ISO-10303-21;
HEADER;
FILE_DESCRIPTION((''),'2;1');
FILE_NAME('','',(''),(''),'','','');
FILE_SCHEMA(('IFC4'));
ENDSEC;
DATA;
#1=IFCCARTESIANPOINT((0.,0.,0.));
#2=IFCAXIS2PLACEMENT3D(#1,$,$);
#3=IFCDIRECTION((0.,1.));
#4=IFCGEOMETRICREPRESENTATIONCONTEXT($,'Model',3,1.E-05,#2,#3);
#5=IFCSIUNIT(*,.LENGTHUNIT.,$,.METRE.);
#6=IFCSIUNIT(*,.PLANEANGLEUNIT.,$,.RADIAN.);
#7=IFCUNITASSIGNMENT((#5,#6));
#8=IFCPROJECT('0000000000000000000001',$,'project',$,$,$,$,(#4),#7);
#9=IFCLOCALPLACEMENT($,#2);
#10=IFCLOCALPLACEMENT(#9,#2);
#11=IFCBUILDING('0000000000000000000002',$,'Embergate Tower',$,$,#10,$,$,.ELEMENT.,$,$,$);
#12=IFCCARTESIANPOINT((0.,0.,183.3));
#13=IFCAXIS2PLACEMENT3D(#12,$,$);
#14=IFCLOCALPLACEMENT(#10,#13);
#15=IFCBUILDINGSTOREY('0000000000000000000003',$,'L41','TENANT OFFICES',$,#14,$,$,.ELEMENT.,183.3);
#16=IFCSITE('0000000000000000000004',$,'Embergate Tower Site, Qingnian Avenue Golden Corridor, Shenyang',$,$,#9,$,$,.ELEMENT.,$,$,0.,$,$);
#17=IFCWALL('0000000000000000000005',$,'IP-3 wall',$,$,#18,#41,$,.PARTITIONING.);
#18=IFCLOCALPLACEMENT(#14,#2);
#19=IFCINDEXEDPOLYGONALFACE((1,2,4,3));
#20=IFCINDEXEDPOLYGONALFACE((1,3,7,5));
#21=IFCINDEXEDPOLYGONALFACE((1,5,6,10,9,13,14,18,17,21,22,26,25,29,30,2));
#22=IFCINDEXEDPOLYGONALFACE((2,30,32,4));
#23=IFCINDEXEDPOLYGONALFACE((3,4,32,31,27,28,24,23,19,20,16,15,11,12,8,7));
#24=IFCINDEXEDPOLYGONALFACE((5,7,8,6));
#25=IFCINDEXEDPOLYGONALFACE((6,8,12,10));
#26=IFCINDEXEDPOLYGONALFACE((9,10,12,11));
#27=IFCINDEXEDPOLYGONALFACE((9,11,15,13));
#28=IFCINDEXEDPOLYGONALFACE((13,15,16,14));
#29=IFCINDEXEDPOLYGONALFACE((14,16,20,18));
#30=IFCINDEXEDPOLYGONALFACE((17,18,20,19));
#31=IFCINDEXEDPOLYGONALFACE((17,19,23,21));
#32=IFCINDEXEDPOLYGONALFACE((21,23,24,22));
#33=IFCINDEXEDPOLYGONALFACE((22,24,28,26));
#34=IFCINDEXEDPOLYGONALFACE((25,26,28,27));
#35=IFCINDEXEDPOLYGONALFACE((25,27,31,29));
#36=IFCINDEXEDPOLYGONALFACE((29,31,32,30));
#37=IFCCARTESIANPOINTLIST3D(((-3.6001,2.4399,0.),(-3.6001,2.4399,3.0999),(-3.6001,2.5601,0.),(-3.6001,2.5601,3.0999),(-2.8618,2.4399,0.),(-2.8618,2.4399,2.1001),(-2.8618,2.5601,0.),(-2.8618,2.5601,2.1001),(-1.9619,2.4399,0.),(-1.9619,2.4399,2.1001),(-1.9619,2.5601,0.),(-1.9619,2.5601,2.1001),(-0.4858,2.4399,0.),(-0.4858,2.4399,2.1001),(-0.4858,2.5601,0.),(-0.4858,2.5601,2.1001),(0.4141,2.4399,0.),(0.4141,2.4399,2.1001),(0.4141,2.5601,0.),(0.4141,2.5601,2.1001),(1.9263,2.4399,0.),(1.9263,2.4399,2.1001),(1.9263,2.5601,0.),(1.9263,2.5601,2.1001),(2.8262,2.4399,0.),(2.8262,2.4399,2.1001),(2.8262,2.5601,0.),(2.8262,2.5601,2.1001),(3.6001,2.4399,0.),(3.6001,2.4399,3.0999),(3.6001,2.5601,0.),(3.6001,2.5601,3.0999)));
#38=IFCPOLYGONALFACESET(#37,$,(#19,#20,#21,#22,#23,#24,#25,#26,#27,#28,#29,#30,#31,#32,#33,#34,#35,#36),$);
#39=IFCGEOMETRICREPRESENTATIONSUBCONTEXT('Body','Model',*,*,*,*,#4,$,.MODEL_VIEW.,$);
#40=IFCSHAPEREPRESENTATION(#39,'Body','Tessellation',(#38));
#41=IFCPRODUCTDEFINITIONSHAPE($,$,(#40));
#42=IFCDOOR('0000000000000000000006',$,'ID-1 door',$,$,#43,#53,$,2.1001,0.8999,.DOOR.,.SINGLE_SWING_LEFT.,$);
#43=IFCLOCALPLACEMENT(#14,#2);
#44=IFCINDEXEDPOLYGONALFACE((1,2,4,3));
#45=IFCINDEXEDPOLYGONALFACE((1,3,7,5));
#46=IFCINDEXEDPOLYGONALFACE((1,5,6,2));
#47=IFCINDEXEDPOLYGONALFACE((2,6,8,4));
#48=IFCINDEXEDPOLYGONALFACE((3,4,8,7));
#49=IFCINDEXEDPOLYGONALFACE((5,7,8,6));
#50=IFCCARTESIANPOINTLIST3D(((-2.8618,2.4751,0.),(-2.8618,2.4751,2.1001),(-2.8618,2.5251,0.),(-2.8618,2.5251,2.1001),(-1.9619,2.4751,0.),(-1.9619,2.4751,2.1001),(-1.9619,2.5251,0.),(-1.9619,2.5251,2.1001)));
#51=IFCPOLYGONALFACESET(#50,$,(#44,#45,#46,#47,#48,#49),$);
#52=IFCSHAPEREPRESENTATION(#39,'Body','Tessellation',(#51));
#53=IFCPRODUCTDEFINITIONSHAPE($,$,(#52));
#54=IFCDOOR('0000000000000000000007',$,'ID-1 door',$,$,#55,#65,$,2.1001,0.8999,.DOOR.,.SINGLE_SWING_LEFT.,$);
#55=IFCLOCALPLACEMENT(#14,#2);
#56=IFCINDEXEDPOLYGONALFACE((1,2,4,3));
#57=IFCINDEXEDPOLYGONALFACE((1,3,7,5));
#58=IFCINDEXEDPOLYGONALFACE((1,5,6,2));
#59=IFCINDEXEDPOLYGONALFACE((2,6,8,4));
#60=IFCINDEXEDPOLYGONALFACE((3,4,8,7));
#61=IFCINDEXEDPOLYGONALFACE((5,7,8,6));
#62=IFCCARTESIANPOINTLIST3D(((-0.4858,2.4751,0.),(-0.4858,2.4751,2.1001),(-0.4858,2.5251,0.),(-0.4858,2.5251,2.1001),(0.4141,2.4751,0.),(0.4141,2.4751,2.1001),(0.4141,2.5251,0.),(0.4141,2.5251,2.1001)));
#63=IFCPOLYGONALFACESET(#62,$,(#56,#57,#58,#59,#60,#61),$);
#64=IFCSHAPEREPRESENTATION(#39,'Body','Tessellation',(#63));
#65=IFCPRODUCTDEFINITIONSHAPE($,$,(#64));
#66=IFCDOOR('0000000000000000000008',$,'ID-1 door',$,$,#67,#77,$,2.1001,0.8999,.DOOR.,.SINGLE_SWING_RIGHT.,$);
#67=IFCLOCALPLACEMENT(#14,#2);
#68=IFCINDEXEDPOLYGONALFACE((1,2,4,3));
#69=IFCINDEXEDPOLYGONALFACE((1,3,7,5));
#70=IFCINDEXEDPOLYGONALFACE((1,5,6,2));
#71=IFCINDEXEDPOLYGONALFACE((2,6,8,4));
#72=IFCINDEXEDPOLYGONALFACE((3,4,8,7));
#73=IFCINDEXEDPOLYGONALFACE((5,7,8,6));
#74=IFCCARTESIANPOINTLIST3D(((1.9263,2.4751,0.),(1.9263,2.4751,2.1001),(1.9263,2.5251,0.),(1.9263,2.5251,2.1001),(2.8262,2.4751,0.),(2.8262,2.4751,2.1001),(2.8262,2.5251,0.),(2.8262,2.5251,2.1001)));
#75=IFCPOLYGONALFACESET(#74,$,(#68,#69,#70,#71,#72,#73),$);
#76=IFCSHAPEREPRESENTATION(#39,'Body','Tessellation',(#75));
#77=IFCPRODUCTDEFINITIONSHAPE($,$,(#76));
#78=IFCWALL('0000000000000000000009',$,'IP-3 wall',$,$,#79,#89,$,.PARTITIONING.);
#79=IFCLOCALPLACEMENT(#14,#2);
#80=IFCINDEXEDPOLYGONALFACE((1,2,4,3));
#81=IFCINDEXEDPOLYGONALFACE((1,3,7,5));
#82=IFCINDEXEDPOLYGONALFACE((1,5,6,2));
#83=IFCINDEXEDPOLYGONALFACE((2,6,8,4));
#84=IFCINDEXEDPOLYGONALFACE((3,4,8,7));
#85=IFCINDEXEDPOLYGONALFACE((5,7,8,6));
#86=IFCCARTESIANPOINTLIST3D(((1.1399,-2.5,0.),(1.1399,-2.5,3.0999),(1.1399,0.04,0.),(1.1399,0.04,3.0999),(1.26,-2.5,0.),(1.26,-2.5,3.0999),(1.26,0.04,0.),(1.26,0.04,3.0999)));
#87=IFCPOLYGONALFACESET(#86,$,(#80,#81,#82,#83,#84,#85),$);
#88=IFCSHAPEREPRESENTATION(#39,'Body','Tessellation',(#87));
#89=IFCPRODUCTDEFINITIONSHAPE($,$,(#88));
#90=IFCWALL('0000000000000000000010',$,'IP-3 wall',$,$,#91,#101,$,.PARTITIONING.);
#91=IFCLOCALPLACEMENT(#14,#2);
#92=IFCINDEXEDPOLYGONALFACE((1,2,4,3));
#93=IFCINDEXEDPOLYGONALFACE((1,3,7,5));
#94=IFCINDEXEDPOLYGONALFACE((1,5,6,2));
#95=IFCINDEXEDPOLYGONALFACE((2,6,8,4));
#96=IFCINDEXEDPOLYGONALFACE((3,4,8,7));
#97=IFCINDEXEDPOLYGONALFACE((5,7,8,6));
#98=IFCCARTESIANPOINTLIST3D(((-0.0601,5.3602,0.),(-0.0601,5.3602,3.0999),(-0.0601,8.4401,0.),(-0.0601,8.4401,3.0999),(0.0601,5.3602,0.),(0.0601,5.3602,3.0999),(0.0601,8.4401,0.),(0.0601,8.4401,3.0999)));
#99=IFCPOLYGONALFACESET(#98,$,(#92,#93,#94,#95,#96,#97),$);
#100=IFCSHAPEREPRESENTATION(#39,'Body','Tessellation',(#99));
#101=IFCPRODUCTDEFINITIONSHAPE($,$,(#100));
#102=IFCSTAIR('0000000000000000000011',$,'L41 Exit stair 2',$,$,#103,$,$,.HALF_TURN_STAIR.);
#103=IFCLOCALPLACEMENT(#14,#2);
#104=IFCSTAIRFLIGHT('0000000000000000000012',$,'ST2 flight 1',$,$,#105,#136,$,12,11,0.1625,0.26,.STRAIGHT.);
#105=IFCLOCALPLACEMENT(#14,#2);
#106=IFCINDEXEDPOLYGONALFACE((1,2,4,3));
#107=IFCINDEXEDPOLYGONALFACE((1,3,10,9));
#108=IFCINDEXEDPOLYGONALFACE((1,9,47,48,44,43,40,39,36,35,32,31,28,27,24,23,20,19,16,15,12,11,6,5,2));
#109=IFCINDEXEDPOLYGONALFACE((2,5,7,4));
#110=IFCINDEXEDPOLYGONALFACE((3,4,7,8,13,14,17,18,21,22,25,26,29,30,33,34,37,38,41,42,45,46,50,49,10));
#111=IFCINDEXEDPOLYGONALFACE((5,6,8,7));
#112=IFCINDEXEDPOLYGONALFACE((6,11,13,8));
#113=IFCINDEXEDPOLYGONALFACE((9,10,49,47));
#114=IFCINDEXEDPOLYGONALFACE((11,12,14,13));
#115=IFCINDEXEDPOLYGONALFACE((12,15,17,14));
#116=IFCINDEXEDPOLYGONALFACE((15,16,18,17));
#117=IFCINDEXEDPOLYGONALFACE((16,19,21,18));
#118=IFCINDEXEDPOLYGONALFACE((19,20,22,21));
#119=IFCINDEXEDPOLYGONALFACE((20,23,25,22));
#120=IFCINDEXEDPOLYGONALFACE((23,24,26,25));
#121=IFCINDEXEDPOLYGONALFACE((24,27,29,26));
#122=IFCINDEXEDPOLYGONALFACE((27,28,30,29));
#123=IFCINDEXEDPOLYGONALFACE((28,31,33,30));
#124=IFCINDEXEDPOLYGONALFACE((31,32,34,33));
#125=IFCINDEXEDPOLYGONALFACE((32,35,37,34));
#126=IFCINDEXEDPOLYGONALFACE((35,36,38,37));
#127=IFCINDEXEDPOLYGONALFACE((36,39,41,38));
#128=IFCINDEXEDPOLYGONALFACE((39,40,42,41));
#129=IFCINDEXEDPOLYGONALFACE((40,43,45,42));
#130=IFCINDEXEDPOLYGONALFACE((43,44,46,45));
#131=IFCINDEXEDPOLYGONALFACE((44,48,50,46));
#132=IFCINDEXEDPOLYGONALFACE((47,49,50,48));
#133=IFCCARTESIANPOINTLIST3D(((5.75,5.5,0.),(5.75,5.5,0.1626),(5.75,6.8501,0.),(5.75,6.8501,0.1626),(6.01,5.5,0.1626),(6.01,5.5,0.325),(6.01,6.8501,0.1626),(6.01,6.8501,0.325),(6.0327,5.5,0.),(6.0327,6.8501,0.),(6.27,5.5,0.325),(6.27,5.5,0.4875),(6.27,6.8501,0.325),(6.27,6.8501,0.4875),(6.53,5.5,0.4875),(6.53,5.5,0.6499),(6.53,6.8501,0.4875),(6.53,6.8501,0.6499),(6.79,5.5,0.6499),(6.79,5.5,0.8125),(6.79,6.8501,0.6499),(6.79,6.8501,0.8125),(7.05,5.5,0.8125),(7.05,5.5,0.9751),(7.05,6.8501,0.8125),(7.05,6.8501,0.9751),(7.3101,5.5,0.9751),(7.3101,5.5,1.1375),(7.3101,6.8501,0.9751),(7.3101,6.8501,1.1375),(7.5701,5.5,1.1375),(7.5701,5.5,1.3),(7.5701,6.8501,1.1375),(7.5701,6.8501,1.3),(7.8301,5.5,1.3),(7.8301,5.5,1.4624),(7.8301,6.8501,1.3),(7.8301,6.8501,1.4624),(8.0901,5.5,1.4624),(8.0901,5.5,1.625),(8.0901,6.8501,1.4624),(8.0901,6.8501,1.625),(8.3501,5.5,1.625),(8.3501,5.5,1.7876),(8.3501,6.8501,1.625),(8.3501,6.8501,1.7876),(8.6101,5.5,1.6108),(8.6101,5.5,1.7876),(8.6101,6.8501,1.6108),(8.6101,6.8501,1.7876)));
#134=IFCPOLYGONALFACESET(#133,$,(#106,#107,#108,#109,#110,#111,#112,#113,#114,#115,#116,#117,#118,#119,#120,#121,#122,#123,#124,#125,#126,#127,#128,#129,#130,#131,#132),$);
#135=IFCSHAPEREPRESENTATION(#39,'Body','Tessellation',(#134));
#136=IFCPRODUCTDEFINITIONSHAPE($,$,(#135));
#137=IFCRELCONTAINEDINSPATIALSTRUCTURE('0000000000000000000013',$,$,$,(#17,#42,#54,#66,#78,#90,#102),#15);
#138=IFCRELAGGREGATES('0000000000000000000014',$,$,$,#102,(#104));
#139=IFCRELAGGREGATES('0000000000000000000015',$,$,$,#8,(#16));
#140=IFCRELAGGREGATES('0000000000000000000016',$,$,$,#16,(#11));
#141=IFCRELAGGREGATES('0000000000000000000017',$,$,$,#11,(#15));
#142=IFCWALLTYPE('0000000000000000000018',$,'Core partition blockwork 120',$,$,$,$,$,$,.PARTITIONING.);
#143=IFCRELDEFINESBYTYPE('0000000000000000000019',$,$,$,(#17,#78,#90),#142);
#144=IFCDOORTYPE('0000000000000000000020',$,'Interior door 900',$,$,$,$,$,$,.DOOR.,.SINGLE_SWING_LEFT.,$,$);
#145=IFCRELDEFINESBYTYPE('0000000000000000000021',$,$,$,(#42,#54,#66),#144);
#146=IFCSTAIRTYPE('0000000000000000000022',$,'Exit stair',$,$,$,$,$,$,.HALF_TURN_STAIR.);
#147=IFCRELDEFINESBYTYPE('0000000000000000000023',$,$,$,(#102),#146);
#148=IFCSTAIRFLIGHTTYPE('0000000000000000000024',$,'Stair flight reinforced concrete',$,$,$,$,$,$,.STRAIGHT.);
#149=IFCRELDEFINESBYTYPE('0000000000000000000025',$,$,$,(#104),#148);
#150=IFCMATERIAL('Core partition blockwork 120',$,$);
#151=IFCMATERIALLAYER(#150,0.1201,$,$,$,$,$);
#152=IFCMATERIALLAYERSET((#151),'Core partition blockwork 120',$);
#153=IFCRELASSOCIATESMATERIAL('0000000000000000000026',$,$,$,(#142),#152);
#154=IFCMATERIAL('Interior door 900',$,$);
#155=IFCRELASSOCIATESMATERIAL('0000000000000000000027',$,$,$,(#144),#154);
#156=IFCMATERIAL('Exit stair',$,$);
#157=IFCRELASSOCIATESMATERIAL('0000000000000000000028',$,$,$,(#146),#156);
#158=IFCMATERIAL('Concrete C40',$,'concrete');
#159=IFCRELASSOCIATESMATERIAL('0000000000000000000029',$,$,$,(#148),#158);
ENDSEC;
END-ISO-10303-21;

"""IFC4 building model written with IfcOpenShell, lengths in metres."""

from ifc_helpers import new_model, si_unit, direction, frame, frame_2d, origin, place, context, subcontext, project, spatial, polyline, rectangle, outline, extrude, source, transform, mapped, material, layer, layer_set, type_object, element, fill, aggregate, save


model = new_model("IFC4")

# Units and contexts
model_context = context("Model", 3, precision=1e-05, world=origin(), true_north=direction((0.0, 1.0)))
body_context = subcontext(model_context, "Body", "Model", "MODEL_VIEW")
ifc_project = project(units=[si_unit("LENGTHUNIT", "METRE"), si_unit("PLANEANGLEUNIT", "RADIAN")], contexts=[model_context])

# Site, building, storey
site_placement = place(None, origin())
site = spatial("IfcSite", under=ifc_project, at=site_placement, Name="Embergate Tower Site, Qingnian Avenue Golden Corridor, Shenyang", CompositionType="ELEMENT", RefElevation=0.0)
building_placement = place(site_placement, origin())
building = spatial("IfcBuilding", under=site, at=building_placement, Name="Embergate Tower", CompositionType="ELEMENT")
storey_placement = place(building_placement, frame((0.0, 0.0, 183.3)))
storey = spatial("IfcBuildingStorey", under=building, at=storey_placement, Name="L41", Description="TENANT OFFICES", CompositionType="ELEMENT", Elevation=183.3)

# Shared definitions
ifc_material_1 = material(Name="Core partition blockwork 120")
ifc_layer_1 = layer(ifc_material_1, 0.1201)
ifc_layer_set_1 = layer_set([ifc_layer_1], Name="Core partition blockwork 120")
wall_type_1 = type_object("IfcWallType", Name="Core partition blockwork 120", PredefinedType="PARTITIONING", material=ifc_layer_set_1)

# Shared definitions
shared_shape_1 = source(origin(), body_context, "Body", "SweptSolid", [
    extrude(rectangle(XDim=0.8999, YDim=2.1001, at=frame_2d((0.45, 1.05))), frame((0.0, 0.0701, 0.0), z_axis=(0.0, -1.0, 0.0), x_axis=(1.0, 0.0, 0.0)), (0.0, 0.0, 1.0), 0.1401),
])
ifc_material_2 = material(Name="Interior door 900")
door_type_1 = type_object("IfcDoorType", Name="Interior door 900", OperationType="SINGLE_SWING_LEFT", PredefinedType="DOOR", material=ifc_material_2)
shared_shape_2 = source(origin(), body_context, "Body", "SweptSolid", [
    extrude(rectangle(XDim=0.8999, YDim=2.1001, at=frame_2d((0.45, 1.05))), frame((0.0, 0.0249, 0.0), z_axis=(0.0, -1.0, 0.0), x_axis=(1.0, 0.0, 0.0)), (0.0, 0.0, 1.0), 0.05),
])

# Wall, openings, doors
shared_shape_3 = source(origin(), body_context, "Body", "SweptSolid", [
    extrude(rectangle(XDim=7.2002, YDim=0.1201, at=frame_2d((3.6001, 0.0))), origin(), (0.0, 0.0, 1.0), 3.0999),
])
wall_1_placement = place(storey_placement, frame((3.6001, 2.5, 0.0), z_axis=(0.0, 0.0, 1.0), x_axis=(-1.0, 0.0, 0.0)))
wall_1 = element("IfcWall", 1, at=wall_1_placement, inside=storey, type_object=wall_type_1, Name="IP-3 wall", PredefinedType="PARTITIONING", context=body_context, shape_type="MappedRepresentation", body=[
    mapped(shared_shape_3, transform((0.0, 0.0, 0.0))),
])
opening_1_placement = place(wall_1_placement, frame((5.562, 0.0, 0.0)))
opening_1 = element("IfcOpeningElement", 2, at=opening_1_placement, cuts=wall_1, PredefinedType="OPENING", context=body_context, shape_type="MappedRepresentation", body=[
    mapped(shared_shape_1, transform((0.0, 0.0, 0.0))),
])
opening_2_placement = place(wall_1_placement, frame((3.186, 0.0, 0.0)))
opening_2 = element("IfcOpeningElement", 3, at=opening_2_placement, cuts=wall_1, PredefinedType="OPENING", context=body_context, shape_type="MappedRepresentation", body=[
    mapped(shared_shape_1, transform((0.0, 0.0, 0.0))),
])
opening_3_placement = place(wall_1_placement, frame((0.7739, 0.0, 0.0)))
opening_3 = element("IfcOpeningElement", 4, at=opening_3_placement, cuts=wall_1, PredefinedType="OPENING", context=body_context, shape_type="MappedRepresentation", body=[
    mapped(shared_shape_1, transform((0.0, 0.0, 0.0))),
])
door_1_placement = place(opening_1_placement, origin())
door_1 = element("IfcDoor", 5, at=door_1_placement, inside=storey, type_object=door_type_1, Name="ID-1 door", OperationType="SINGLE_SWING_LEFT", OverallHeight=2.1001, OverallWidth=0.8999, PredefinedType="DOOR", context=body_context, shape_type="MappedRepresentation", body=[
    mapped(shared_shape_2, transform((0.0, 0.0, 0.0))),
])
fill(opening_1, door_1)
door_2_placement = place(opening_2_placement, origin())
door_2 = element("IfcDoor", 6, at=door_2_placement, inside=storey, type_object=door_type_1, Name="ID-1 door", OperationType="SINGLE_SWING_LEFT", OverallHeight=2.1001, OverallWidth=0.8999, PredefinedType="DOOR", context=body_context, shape_type="MappedRepresentation", body=[
    mapped(shared_shape_2, transform((0.0, 0.0, 0.0))),
])
fill(opening_2, door_2)
door_3_placement = place(opening_3_placement, origin())
door_3 = element("IfcDoor", 7, at=door_3_placement, inside=storey, type_object=door_type_1, Name="ID-1 door", OperationType="SINGLE_SWING_RIGHT", OverallHeight=2.1001, OverallWidth=0.8999, PredefinedType="DOOR", context=body_context, shape_type="MappedRepresentation", body=[
    mapped(shared_shape_2, transform((0.0, 0.0, 0.0))),
])
fill(opening_3, door_3)

# Walls
shared_shape_4 = source(origin(), body_context, "Body", "SweptSolid", [
    extrude(rectangle(XDim=2.54, YDim=0.1201, at=frame_2d((1.27, 0.0))), origin(), (0.0, 0.0, 1.0), 3.0999),
])
wall_2_placement = place(storey_placement, frame((1.2, 0.04, 0.0), z_axis=(0.0, 0.0, 1.0), x_axis=(0.0, -1.0, 0.0)))
element("IfcWall", 8, at=wall_2_placement, inside=storey, type_object=wall_type_1, Name="IP-3 wall", PredefinedType="PARTITIONING", context=body_context, shape_type="MappedRepresentation", body=[
    mapped(shared_shape_4, transform((0.0, 0.0, 0.0))),
])
shared_shape_5 = source(origin(), body_context, "Body", "SweptSolid", [
    extrude(rectangle(XDim=3.0798, YDim=0.1201, at=frame_2d((1.54, 0.0))), origin(), (0.0, 0.0, 1.0), 3.0999),
])
wall_3_placement = place(storey_placement, frame((0.0, 5.3601, 0.0), z_axis=(0.0, 0.0, 1.0), x_axis=(0.0, 1.0, 0.0)))
element("IfcWall", 9, at=wall_3_placement, inside=storey, type_object=wall_type_1, Name="IP-3 wall", PredefinedType="PARTITIONING", context=body_context, shape_type="MappedRepresentation", body=[
    mapped(shared_shape_5, transform((0.0, 0.0, 0.0))),
])

# Stair, stair flight
ifc_material_3 = material(Name="Exit stair")
stair_type = type_object("IfcStairType", Name="Exit stair", PredefinedType="HALF_TURN_STAIR", material=ifc_material_3)
stair_placement = place(storey_placement, origin())
stair = element("IfcStair", 10, at=stair_placement, inside=storey, type_object=stair_type, Name="L41 Exit stair 2", PredefinedType="HALF_TURN_STAIR")
ifc_material_4 = material(Name="Concrete C40", Category="concrete")
stair_flight_type = type_object("IfcStairFlightType", Name="Stair flight reinforced concrete", PredefinedType="STRAIGHT", material=ifc_material_4)
shared_shape_6 = source(origin(), body_context, "Body", "SweptSolid", [
    extrude(outline(polyline([(0.0, 0.0), (0.0, 0.1626), (0.26, 0.1626), (0.26, 0.325), (0.52, 0.325), (0.52, 0.4875), (0.78, 0.4875), (0.78, 0.6499), (1.04, 0.6499), (1.04, 0.8125), (1.3, 0.8125), (1.3, 0.9751), (1.5601, 0.9751), (1.5601, 1.1375), (1.8201, 1.1375), (1.8201, 1.3), (2.0801, 1.3), (2.0801, 1.4624), (2.3401, 1.4624), (2.3401, 1.625), (2.6001, 1.625), (2.6001, 1.7876), (2.8601, 1.7876), (2.8601, 1.95), (2.8601, 1.6108), (0.2827, 0.0), (0.0, 0.0)])), frame((0.0, 0.675, 0.0), z_axis=(0.0, -1.0, 0.0), x_axis=(1.0, 0.0, 0.0)), (0.0, 0.0, 1.0), 1.3501),
])
stair_flight_placement = place(storey_placement, frame((5.75, 6.175, 0.0), z_axis=(0.0, 0.0, 1.0), x_axis=(1.0, 0.0, 0.0)))
stair_flight = element("IfcStairFlight", 11, at=stair_flight_placement, type_object=stair_flight_type, Name="ST2 flight 1", NumberOfRisers=12, NumberOfTreads=11, PredefinedType="STRAIGHT", RiserHeight=0.1625, TreadLength=0.26, context=body_context, shape_type="MappedRepresentation", body=[
    mapped(shared_shape_6, transform((0.0, 0.0, 0.0))),
])
aggregate(stair, [stair_flight])

save(model, "model.ifc")
